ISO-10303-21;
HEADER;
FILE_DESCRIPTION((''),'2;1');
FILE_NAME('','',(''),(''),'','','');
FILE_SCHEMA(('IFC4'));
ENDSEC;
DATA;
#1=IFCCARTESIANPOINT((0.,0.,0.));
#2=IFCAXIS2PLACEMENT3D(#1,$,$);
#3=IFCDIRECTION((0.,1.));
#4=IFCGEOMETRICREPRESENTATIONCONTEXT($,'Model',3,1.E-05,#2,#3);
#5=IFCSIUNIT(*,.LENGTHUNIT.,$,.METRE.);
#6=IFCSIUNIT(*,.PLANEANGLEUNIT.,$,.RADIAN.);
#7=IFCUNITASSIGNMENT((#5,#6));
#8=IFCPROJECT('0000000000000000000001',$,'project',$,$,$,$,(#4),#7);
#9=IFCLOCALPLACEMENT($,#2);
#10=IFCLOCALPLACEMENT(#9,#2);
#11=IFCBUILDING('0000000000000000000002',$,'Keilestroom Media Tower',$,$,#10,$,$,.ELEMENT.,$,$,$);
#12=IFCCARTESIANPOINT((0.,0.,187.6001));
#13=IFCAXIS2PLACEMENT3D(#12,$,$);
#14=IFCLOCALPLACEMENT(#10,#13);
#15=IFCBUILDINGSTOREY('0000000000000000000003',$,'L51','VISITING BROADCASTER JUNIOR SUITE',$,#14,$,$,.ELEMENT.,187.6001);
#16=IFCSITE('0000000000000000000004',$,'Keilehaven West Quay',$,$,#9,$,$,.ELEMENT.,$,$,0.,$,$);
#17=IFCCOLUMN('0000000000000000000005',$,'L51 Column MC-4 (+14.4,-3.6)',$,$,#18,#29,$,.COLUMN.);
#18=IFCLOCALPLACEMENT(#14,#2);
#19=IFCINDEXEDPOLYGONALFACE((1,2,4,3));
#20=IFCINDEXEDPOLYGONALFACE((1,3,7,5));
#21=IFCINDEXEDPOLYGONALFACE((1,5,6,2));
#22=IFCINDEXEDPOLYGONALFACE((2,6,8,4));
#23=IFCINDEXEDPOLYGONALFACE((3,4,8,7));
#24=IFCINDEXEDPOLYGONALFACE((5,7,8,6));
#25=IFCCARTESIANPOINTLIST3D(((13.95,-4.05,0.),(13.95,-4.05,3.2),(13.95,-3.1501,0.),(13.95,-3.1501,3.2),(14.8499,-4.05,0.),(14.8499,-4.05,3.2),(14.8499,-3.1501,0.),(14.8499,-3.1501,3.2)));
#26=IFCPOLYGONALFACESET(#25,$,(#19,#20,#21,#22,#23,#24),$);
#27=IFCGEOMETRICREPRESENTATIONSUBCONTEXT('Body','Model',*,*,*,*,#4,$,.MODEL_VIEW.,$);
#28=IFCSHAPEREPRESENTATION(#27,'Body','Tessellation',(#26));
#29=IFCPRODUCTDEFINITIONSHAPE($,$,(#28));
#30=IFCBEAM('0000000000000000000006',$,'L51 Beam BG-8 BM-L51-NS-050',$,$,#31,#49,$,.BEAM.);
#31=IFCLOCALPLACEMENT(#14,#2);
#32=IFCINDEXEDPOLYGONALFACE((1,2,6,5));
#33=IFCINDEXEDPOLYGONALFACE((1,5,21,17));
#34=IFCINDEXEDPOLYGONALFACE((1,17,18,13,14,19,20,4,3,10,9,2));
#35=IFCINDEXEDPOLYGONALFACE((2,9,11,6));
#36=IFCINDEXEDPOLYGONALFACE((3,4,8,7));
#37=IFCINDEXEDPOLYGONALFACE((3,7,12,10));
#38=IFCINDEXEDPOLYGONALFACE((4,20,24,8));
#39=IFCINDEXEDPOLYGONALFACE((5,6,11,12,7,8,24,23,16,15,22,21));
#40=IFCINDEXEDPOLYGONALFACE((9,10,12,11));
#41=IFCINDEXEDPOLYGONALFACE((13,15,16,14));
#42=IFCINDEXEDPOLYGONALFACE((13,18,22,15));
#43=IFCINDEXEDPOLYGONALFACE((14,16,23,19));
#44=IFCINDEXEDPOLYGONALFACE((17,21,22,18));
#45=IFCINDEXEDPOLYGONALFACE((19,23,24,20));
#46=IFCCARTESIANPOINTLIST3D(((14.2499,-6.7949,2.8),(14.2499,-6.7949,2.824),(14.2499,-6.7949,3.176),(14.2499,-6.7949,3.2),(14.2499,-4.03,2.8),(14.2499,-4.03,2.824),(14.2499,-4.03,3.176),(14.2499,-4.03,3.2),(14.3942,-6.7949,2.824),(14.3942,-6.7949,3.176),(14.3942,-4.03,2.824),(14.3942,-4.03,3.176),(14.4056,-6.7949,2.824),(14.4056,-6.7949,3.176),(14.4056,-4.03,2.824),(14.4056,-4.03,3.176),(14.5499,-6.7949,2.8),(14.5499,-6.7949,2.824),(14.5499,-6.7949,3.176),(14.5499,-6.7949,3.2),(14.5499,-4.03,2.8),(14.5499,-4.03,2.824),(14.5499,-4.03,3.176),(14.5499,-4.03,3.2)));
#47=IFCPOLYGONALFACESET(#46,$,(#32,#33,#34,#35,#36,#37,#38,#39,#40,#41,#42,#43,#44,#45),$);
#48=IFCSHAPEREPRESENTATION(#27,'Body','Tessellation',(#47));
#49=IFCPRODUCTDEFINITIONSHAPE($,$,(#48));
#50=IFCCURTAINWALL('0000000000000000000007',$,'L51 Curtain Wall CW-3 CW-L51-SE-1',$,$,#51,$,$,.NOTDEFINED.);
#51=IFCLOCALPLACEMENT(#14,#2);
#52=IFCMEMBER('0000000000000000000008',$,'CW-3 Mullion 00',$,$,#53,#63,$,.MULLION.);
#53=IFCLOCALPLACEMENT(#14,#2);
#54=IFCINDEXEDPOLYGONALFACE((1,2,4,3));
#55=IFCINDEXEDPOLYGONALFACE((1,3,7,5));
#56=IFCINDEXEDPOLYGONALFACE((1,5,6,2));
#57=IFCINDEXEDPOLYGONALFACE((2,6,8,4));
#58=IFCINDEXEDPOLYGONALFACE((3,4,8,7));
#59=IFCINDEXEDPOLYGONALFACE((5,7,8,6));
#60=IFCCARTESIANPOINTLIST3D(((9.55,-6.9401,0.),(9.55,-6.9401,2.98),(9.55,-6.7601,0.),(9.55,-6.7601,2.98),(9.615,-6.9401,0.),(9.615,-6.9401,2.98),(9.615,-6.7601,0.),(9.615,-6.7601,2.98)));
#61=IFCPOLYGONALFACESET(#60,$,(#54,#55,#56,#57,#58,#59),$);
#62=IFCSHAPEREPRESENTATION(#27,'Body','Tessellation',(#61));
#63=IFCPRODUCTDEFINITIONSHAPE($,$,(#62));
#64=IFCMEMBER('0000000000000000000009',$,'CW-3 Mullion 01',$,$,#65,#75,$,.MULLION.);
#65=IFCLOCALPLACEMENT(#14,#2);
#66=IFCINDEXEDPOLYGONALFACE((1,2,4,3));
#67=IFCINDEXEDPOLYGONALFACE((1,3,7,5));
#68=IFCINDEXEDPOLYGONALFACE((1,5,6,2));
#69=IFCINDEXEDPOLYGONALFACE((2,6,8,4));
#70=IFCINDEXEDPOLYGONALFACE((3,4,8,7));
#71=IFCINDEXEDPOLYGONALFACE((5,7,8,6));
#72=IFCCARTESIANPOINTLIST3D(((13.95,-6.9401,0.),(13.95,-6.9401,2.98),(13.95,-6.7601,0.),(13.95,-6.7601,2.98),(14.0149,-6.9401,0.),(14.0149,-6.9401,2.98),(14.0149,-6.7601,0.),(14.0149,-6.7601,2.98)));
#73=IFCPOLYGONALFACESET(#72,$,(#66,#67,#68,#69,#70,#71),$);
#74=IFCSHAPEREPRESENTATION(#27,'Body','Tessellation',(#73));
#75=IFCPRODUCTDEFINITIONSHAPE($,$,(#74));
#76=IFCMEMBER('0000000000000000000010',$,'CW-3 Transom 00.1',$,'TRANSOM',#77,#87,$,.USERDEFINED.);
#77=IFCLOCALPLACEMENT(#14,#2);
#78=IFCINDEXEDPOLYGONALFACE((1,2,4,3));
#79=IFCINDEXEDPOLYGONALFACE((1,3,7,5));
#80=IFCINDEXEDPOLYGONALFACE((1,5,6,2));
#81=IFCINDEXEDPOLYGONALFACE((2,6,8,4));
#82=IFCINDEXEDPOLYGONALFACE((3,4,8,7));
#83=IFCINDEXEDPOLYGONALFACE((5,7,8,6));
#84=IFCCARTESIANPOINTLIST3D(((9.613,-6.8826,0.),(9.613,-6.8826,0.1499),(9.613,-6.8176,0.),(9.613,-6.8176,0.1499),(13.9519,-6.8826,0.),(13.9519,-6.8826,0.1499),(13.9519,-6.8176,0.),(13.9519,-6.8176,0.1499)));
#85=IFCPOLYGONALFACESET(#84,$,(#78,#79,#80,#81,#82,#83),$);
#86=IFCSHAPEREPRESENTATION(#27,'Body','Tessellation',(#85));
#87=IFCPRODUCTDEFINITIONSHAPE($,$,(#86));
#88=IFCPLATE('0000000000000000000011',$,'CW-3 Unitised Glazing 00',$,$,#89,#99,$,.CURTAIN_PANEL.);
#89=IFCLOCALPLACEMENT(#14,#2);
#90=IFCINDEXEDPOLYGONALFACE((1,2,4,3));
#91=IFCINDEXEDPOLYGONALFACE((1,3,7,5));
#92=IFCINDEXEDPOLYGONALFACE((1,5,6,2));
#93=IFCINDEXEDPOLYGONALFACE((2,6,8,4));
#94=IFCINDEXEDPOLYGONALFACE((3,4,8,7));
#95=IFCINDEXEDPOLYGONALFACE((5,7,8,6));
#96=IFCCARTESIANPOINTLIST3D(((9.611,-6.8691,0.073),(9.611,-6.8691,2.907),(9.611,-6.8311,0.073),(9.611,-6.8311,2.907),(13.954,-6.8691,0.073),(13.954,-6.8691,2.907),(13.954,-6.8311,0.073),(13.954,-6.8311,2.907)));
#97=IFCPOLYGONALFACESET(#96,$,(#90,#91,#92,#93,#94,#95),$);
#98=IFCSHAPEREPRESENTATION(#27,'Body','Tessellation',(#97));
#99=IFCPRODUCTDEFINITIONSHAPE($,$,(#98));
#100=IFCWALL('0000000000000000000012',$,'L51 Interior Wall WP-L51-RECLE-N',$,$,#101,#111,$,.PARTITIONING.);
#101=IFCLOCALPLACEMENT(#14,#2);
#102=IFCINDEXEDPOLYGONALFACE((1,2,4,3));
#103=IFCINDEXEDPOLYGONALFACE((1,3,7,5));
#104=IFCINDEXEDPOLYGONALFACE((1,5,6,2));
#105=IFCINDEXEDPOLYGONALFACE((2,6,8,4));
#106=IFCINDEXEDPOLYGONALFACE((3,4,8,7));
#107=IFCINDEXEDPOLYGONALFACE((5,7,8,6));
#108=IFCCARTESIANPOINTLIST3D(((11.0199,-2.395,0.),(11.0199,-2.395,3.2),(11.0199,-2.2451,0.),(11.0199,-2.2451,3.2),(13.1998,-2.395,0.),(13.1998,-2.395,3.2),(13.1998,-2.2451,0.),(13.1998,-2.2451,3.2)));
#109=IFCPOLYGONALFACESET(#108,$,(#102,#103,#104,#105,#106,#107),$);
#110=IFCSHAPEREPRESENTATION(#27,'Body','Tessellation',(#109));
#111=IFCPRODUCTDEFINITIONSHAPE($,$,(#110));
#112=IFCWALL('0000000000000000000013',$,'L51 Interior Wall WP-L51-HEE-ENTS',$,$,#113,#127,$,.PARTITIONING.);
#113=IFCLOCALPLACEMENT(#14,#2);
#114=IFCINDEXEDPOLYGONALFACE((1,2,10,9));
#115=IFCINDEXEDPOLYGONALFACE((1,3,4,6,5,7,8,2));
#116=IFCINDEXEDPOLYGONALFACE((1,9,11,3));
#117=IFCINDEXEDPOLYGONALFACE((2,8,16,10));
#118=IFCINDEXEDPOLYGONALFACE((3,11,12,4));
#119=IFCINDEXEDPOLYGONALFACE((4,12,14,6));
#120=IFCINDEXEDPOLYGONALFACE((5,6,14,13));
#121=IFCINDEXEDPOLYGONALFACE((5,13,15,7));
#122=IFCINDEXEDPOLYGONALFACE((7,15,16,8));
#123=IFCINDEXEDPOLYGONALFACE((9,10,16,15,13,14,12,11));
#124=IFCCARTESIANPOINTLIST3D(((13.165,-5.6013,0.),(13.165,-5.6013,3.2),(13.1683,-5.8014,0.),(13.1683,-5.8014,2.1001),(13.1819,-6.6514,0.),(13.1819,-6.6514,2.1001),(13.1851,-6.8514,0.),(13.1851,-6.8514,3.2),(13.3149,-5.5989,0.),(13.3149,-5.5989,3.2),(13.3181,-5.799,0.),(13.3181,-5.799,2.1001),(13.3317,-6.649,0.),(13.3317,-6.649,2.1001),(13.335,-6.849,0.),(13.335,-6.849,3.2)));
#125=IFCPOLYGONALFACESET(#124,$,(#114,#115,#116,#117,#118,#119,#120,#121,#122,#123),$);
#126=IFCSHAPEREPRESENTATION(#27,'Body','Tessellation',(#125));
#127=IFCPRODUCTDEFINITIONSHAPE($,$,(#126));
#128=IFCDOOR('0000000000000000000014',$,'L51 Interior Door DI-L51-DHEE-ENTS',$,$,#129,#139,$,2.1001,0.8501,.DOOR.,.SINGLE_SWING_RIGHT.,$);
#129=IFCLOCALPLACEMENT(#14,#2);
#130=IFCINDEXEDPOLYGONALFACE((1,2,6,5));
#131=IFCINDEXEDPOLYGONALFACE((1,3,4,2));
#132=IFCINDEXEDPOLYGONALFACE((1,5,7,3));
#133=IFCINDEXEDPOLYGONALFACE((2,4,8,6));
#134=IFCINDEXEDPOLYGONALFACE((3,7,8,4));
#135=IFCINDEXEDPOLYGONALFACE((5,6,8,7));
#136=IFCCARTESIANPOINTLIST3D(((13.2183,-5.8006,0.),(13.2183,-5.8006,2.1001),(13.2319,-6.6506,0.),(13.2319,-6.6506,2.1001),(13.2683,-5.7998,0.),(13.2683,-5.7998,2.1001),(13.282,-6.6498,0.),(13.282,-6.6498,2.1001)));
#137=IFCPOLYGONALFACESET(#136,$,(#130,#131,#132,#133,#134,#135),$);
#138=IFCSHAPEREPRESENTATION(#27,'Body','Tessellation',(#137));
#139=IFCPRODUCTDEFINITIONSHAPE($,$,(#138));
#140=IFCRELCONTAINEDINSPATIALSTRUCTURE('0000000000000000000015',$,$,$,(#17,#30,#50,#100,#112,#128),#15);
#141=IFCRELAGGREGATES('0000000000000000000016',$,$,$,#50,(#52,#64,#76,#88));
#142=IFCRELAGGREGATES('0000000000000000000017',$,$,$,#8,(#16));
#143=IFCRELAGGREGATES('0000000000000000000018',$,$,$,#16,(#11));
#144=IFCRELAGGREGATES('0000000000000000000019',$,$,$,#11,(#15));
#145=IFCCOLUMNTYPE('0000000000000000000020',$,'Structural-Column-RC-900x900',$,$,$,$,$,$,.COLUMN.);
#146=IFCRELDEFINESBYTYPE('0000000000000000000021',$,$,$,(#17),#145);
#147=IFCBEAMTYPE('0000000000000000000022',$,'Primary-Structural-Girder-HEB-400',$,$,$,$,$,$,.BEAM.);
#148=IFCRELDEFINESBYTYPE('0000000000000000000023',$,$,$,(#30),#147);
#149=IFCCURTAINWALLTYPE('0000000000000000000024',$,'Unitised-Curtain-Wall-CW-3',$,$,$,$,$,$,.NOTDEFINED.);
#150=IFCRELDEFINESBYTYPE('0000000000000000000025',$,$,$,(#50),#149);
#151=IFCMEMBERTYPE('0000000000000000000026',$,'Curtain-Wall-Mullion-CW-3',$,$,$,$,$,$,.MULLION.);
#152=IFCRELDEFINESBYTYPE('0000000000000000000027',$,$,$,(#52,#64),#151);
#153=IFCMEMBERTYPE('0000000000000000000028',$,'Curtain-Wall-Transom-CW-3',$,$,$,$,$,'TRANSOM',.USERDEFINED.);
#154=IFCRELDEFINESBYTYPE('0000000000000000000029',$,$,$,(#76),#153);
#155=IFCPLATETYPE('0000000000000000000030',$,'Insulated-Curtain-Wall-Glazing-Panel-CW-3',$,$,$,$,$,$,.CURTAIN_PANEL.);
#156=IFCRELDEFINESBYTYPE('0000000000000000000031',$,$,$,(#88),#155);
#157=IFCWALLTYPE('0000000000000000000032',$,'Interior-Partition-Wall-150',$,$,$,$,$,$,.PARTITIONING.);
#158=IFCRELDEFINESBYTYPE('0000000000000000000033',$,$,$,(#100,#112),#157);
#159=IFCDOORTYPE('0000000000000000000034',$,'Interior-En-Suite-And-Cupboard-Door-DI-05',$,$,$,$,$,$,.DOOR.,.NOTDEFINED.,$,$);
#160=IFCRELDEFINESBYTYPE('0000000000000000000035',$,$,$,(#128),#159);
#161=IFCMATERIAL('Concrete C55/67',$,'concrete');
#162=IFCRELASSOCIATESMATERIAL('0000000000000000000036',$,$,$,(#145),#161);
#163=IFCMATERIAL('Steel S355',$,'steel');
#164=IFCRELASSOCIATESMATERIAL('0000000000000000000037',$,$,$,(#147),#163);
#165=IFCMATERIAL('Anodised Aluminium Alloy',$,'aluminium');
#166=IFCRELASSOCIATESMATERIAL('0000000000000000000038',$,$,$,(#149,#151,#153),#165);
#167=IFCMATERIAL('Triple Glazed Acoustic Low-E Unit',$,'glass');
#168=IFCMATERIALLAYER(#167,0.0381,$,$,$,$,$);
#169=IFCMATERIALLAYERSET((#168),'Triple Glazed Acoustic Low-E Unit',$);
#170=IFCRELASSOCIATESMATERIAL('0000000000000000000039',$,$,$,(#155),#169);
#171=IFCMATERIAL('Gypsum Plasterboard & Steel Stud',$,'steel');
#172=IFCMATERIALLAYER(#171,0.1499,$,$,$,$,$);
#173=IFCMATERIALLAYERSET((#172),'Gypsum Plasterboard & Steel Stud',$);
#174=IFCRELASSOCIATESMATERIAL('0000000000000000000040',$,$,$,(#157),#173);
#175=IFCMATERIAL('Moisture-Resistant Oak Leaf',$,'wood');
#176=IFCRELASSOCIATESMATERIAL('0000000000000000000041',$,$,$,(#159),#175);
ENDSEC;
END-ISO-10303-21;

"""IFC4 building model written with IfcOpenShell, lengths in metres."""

from ifc_helpers import new_model, si_unit, direction, frame, frame_2d, origin, origin_2d, place, context, subcontext, project, spatial, rectangle, i_section, extrude, source, transform, mapped, material, layer, layer_set, material_profile, profile_set, type_object, element, fill, aggregate, save


model = new_model("IFC4")

# Units and contexts
model_context = context("Model", 3, precision=1e-05, world=origin(), true_north=direction((0.0, 1.0)))
body_context = subcontext(model_context, "Body", "Model", "MODEL_VIEW")
ifc_project = project(units=[si_unit("LENGTHUNIT", "METRE"), si_unit("PLANEANGLEUNIT", "RADIAN")], contexts=[model_context])

# Site, building, storey
site_placement = place(None, origin())
site = spatial("IfcSite", under=ifc_project, at=site_placement, Name="Keilehaven West Quay", CompositionType="ELEMENT", RefElevation=0.0)
building_placement = place(site_placement, origin())
building = spatial("IfcBuilding", under=site, at=building_placement, Name="Keilestroom Media Tower", CompositionType="ELEMENT")
storey_placement = place(building_placement, frame((0.0, 0.0, 187.6001)))
storey = spatial("IfcBuildingStorey", under=building, at=storey_placement, Name="L51", Description="VISITING BROADCASTER JUNIOR SUITE", CompositionType="ELEMENT", Elevation=187.6001)

# Column
ifc_material_1 = material(Name="Concrete C55/67", Category="concrete")
ifc_material_profile_1 = material_profile(ifc_material_1, rectangle(XDim=0.8999, YDim=0.8999, at=origin_2d()), Name="RC 900x900")
ifc_profile_set_1 = profile_set([ifc_material_profile_1], Name="Concrete C55/67")
column_type = type_object("IfcColumnType", Name="Structural-Column-RC-900x900", PredefinedType="COLUMN", material=ifc_profile_set_1)
shared_shape_1 = source(origin(), body_context, "Body", "SweptSolid", [
    extrude(rectangle(XDim=0.8999, YDim=0.8999, at=origin_2d()), origin(), (0.0, 0.0, 1.0), 3.2),
])
column_placement = place(storey_placement, frame((14.3999, -3.6001, 0.0), z_axis=(0.0, 0.0, 1.0), x_axis=(1.0, 0.0, 0.0)))
element("IfcColumn", 1, at=column_placement, inside=storey, type_object=column_type, Name="L51 Column MC-4 (+14.4,-3.6)", PredefinedType="COLUMN", context=body_context, shape_type="MappedRepresentation", body=[
    mapped(shared_shape_1, transform((0.0, 0.0, 0.0), x_axis=(1.0, 0.0, 0.0), y_axis=(0.0, 1.0, 0.0), z_axis=(0.0, 0.0, 1.0), scale=1.0)),
])

# Beam
ifc_material_2 = material(Name="Steel S355", Category="steel")
ifc_material_profile_2 = material_profile(ifc_material_2, i_section(OverallWidth=0.3, OverallDepth=0.3999, WebThickness=0.0115, FlangeThickness=0.0239, at=origin_2d()), Name="HEB 400")
ifc_profile_set_2 = profile_set([ifc_material_profile_2], Name="Steel S355")
beam_type = type_object("IfcBeamType", Name="Primary-Structural-Girder-HEB-400", PredefinedType="BEAM", material=ifc_profile_set_2)
shared_shape_2 = source(origin(), body_context, "Body", "SweptSolid", [
    extrude(i_section(OverallWidth=0.3, OverallDepth=0.3999, WebThickness=0.0115, FlangeThickness=0.0239, at=origin_2d()), origin(), (0.0, 0.0, 1.0), 2.7649),
])
beam_placement = place(storey_placement, frame((14.3999, -6.7949, 3.0), z_axis=(0.0, 1.0, 0.0), x_axis=(-1.0, 0.0, 0.0)))
element("IfcBeam", 2, at=beam_placement, inside=storey, type_object=beam_type, Name="L51 Beam BG-8 BM-L51-NS-050", PredefinedType="BEAM", context=body_context, shape_type="MappedRepresentation", body=[
    mapped(shared_shape_2, transform((0.0, 0.0, 0.0), x_axis=(1.0, 0.0, 0.0), y_axis=(0.0, 1.0, 0.0), z_axis=(0.0, 0.0, 1.0), scale=1.0)),
])

# Curtain wall, members, plate
ifc_material_3 = material(Name="Anodised Aluminium Alloy", Category="aluminium")
curtain_wall_type = type_object("IfcCurtainWallType", Name="Unitised-Curtain-Wall-CW-3", PredefinedType="NOTDEFINED", material=ifc_material_3)
curtain_wall_placement = place(storey_placement, origin())
curtain_wall = element("IfcCurtainWall", 3, at=curtain_wall_placement, inside=storey, type_object=curtain_wall_type, Name="L51 Curtain Wall CW-3 CW-L51-SE-1", PredefinedType="NOTDEFINED")
ifc_material_profile_3 = material_profile(ifc_material_3, rectangle(XDim=0.0649, YDim=0.1799, at=origin_2d()), Name="ALU MULLION 65x180")
ifc_profile_set_3 = profile_set([ifc_material_profile_3], Name="Anodised Aluminium Alloy")
member_type_1 = type_object("IfcMemberType", Name="Curtain-Wall-Mullion-CW-3", PredefinedType="MULLION", material=ifc_profile_set_3)
shared_shape_3 = source(origin(), body_context, "Body", "SweptSolid", [
    extrude(rectangle(XDim=0.0649, YDim=0.1799, at=origin_2d()), origin(), (0.0, 0.0, 1.0), 2.98),
])
member_1_placement = place(storey_placement, frame((9.5825, -6.8501, 0.0), z_axis=(0.0, 0.0, 1.0), x_axis=(1.0, 0.0, 0.0)))
member_1 = element("IfcMember", 4, at=member_1_placement, type_object=member_type_1, Name="CW-3 Mullion 00", PredefinedType="MULLION", context=body_context, shape_type="MappedRepresentation", body=[
    mapped(shared_shape_3, transform((0.0, 0.0, 0.0), x_axis=(1.0, 0.0, 0.0), y_axis=(0.0, 1.0, 0.0), z_axis=(0.0, 0.0, 1.0), scale=1.0)),
])
member_2_placement = place(storey_placement, frame((13.9824, -6.8501, 0.0), z_axis=(0.0, 0.0, 1.0), x_axis=(1.0, 0.0, 0.0)))
member_2 = element("IfcMember", 5, at=member_2_placement, type_object=member_type_1, Name="CW-3 Mullion 01", PredefinedType="MULLION", context=body_context, shape_type="MappedRepresentation", body=[
    mapped(shared_shape_3, transform((0.0, 0.0, 0.0), x_axis=(1.0, 0.0, 0.0), y_axis=(0.0, 1.0, 0.0), z_axis=(0.0, 0.0, 1.0), scale=1.0)),
])
ifc_material_profile_4 = material_profile(ifc_material_3, rectangle(XDim=0.0649, YDim=0.1499, at=origin_2d()), Name="ALU TRANSOM 65x150")
ifc_profile_set_4 = profile_set([ifc_material_profile_4], Name="Anodised Aluminium Alloy")
member_type_2 = type_object("IfcMemberType", Name="Curtain-Wall-Transom-CW-3", ElementType="TRANSOM", PredefinedType="USERDEFINED", material=ifc_profile_set_4)
shared_shape_4 = source(origin(), body_context, "Body", "SweptSolid", [
    extrude(rectangle(XDim=0.0649, YDim=0.1499, at=origin_2d()), origin(), (0.0, 0.0, 1.0), 4.3389),
])
member_3_placement = place(storey_placement, frame((9.613, -6.8501, 0.075), z_axis=(1.0, 0.0, 0.0), x_axis=(0.0, 1.0, 0.0)))
member_3 = element("IfcMember", 6, at=member_3_placement, type_object=member_type_2, Name="CW-3 Transom 00.1", ObjectType="TRANSOM", PredefinedType="USERDEFINED", context=body_context, shape_type="MappedRepresentation", body=[
    mapped(shared_shape_4, transform((0.0, 0.0, 0.0), x_axis=(1.0, 0.0, 0.0), y_axis=(0.0, 1.0, 0.0), z_axis=(0.0, 0.0, 1.0), scale=1.0)),
])
ifc_material_4 = material(Name="Triple Glazed Acoustic Low-E Unit", Category="glass")
ifc_layer_1 = layer(ifc_material_4, 0.0381)
ifc_layer_set_1 = layer_set([ifc_layer_1], Name="Triple Glazed Acoustic Low-E Unit")
plate_type = type_object("IfcPlateType", Name="Insulated-Curtain-Wall-Glazing-Panel-CW-3", PredefinedType="CURTAIN_PANEL", material=ifc_layer_set_1)
shared_shape_5 = source(origin(), body_context, "Body", "SweptSolid", [
    extrude(rectangle(XDim=4.343, YDim=0.0381, at=origin_2d()), origin(), (0.0, 0.0, 1.0), 2.834),
])
plate_placement = place(storey_placement, frame((11.7825, -6.8501, 0.073), z_axis=(0.0, 0.0, 1.0), x_axis=(1.0, 0.0, 0.0)))
plate = element("IfcPlate", 7, at=plate_placement, type_object=plate_type, Name="CW-3 Unitised Glazing 00", PredefinedType="CURTAIN_PANEL", context=body_context, shape_type="MappedRepresentation", body=[
    mapped(shared_shape_5, transform((0.0, 0.0, 0.0), x_axis=(1.0, 0.0, 0.0), y_axis=(0.0, 1.0, 0.0), z_axis=(0.0, 0.0, 1.0), scale=1.0)),
])
aggregate(curtain_wall, [member_1, member_2, member_3, plate])

# Wall
ifc_material_5 = material(Name="Gypsum Plasterboard & Steel Stud", Category="steel")
ifc_layer_2 = layer(ifc_material_5, 0.1499)
ifc_layer_set_2 = layer_set([ifc_layer_2], Name="Gypsum Plasterboard & Steel Stud")
wall_type_1 = type_object("IfcWallType", Name="Interior-Partition-Wall-150", PredefinedType="PARTITIONING", material=ifc_layer_set_2)
wall_1_placement = place(storey_placement, frame((11.02, -2.3201, 0.0), z_axis=(0.0, 0.0, 1.0), x_axis=(1.0, 0.0, 0.0)))
element("IfcWall", 8, at=wall_1_placement, inside=storey, type_object=wall_type_1, Name="L51 Interior Wall WP-L51-RECLE-N", PredefinedType="PARTITIONING", context=body_context, shape_type="SweptSolid", body=[
    extrude(rectangle(XDim=2.1799, YDim=0.1499, at=frame_2d((1.0898, 0.0))), origin(), (0.0, 0.0, 1.0), 3.2),
])

# Wall, opening, door
wall_2_placement = place(storey_placement, frame((13.26, -6.8501, 0.0), z_axis=(0.0, 0.0, 1.0), x_axis=(-0.016014, 0.999872, 0.0)))
wall_2 = element("IfcWall", 9, at=wall_2_placement, inside=storey, type_object=wall_type_1, Name="L51 Interior Wall WP-L51-HEE-ENTS", PredefinedType="PARTITIONING", context=body_context, shape_type="SweptSolid", body=[
    extrude(rectangle(XDim=1.2502, YDim=0.1499, at=frame_2d((0.625, 0.0))), origin(), (0.0, 0.0, 1.0), 3.2),
])
opening_1_placement = place(wall_2_placement, frame((0.2, 0.0, 0.0)))
opening_1 = element("IfcOpeningElement", 10, at=opening_1_placement, cuts=wall_2, PredefinedType="OPENING", context=body_context, shape_type="SweptSolid", body=[
    extrude(rectangle(XDim=0.8501, YDim=2.1001, at=frame_2d((0.425, 1.05))), frame((0.0, 0.085, 0.0), z_axis=(0.0, -1.0, 0.0), x_axis=(1.0, 0.0, 0.0)), (0.0, 0.0, 1.0), 0.1699),
])
ifc_material_6 = material(Name="Moisture-Resistant Oak Leaf", Category="wood")
door_type = type_object("IfcDoorType", Name="Interior-En-Suite-And-Cupboard-Door-DI-05", OperationType="NOTDEFINED", PredefinedType="DOOR", material=ifc_material_6)
shared_shape_6 = source(origin(), body_context, "Body", "SweptSolid", [
    extrude(rectangle(XDim=0.8501, YDim=2.1001, at=frame_2d((0.425, 1.05))), frame((0.0, 0.0249, 0.0), z_axis=(0.0, -1.0, 0.0), x_axis=(1.0, 0.0, 0.0)), (0.0, 0.0, 1.0), 0.05),
])
door_1_placement = place(opening_1_placement, origin())
door_1 = element("IfcDoor", 11, at=door_1_placement, inside=storey, type_object=door_type, Name="L51 Interior Door DI-L51-DHEE-ENTS", OperationType="SINGLE_SWING_RIGHT", OverallHeight=2.1001, OverallWidth=0.8501, PredefinedType="DOOR", context=body_context, shape_type="MappedRepresentation", body=[
    mapped(shared_shape_6, transform((0.0, 0.0, 0.0), x_axis=(1.0, 0.0, 0.0), y_axis=(0.0, 1.0, 0.0), z_axis=(0.0, 0.0, 1.0), scale=1.0)),
])
fill(opening_1, door_1)

save(model, "model.ifc")
